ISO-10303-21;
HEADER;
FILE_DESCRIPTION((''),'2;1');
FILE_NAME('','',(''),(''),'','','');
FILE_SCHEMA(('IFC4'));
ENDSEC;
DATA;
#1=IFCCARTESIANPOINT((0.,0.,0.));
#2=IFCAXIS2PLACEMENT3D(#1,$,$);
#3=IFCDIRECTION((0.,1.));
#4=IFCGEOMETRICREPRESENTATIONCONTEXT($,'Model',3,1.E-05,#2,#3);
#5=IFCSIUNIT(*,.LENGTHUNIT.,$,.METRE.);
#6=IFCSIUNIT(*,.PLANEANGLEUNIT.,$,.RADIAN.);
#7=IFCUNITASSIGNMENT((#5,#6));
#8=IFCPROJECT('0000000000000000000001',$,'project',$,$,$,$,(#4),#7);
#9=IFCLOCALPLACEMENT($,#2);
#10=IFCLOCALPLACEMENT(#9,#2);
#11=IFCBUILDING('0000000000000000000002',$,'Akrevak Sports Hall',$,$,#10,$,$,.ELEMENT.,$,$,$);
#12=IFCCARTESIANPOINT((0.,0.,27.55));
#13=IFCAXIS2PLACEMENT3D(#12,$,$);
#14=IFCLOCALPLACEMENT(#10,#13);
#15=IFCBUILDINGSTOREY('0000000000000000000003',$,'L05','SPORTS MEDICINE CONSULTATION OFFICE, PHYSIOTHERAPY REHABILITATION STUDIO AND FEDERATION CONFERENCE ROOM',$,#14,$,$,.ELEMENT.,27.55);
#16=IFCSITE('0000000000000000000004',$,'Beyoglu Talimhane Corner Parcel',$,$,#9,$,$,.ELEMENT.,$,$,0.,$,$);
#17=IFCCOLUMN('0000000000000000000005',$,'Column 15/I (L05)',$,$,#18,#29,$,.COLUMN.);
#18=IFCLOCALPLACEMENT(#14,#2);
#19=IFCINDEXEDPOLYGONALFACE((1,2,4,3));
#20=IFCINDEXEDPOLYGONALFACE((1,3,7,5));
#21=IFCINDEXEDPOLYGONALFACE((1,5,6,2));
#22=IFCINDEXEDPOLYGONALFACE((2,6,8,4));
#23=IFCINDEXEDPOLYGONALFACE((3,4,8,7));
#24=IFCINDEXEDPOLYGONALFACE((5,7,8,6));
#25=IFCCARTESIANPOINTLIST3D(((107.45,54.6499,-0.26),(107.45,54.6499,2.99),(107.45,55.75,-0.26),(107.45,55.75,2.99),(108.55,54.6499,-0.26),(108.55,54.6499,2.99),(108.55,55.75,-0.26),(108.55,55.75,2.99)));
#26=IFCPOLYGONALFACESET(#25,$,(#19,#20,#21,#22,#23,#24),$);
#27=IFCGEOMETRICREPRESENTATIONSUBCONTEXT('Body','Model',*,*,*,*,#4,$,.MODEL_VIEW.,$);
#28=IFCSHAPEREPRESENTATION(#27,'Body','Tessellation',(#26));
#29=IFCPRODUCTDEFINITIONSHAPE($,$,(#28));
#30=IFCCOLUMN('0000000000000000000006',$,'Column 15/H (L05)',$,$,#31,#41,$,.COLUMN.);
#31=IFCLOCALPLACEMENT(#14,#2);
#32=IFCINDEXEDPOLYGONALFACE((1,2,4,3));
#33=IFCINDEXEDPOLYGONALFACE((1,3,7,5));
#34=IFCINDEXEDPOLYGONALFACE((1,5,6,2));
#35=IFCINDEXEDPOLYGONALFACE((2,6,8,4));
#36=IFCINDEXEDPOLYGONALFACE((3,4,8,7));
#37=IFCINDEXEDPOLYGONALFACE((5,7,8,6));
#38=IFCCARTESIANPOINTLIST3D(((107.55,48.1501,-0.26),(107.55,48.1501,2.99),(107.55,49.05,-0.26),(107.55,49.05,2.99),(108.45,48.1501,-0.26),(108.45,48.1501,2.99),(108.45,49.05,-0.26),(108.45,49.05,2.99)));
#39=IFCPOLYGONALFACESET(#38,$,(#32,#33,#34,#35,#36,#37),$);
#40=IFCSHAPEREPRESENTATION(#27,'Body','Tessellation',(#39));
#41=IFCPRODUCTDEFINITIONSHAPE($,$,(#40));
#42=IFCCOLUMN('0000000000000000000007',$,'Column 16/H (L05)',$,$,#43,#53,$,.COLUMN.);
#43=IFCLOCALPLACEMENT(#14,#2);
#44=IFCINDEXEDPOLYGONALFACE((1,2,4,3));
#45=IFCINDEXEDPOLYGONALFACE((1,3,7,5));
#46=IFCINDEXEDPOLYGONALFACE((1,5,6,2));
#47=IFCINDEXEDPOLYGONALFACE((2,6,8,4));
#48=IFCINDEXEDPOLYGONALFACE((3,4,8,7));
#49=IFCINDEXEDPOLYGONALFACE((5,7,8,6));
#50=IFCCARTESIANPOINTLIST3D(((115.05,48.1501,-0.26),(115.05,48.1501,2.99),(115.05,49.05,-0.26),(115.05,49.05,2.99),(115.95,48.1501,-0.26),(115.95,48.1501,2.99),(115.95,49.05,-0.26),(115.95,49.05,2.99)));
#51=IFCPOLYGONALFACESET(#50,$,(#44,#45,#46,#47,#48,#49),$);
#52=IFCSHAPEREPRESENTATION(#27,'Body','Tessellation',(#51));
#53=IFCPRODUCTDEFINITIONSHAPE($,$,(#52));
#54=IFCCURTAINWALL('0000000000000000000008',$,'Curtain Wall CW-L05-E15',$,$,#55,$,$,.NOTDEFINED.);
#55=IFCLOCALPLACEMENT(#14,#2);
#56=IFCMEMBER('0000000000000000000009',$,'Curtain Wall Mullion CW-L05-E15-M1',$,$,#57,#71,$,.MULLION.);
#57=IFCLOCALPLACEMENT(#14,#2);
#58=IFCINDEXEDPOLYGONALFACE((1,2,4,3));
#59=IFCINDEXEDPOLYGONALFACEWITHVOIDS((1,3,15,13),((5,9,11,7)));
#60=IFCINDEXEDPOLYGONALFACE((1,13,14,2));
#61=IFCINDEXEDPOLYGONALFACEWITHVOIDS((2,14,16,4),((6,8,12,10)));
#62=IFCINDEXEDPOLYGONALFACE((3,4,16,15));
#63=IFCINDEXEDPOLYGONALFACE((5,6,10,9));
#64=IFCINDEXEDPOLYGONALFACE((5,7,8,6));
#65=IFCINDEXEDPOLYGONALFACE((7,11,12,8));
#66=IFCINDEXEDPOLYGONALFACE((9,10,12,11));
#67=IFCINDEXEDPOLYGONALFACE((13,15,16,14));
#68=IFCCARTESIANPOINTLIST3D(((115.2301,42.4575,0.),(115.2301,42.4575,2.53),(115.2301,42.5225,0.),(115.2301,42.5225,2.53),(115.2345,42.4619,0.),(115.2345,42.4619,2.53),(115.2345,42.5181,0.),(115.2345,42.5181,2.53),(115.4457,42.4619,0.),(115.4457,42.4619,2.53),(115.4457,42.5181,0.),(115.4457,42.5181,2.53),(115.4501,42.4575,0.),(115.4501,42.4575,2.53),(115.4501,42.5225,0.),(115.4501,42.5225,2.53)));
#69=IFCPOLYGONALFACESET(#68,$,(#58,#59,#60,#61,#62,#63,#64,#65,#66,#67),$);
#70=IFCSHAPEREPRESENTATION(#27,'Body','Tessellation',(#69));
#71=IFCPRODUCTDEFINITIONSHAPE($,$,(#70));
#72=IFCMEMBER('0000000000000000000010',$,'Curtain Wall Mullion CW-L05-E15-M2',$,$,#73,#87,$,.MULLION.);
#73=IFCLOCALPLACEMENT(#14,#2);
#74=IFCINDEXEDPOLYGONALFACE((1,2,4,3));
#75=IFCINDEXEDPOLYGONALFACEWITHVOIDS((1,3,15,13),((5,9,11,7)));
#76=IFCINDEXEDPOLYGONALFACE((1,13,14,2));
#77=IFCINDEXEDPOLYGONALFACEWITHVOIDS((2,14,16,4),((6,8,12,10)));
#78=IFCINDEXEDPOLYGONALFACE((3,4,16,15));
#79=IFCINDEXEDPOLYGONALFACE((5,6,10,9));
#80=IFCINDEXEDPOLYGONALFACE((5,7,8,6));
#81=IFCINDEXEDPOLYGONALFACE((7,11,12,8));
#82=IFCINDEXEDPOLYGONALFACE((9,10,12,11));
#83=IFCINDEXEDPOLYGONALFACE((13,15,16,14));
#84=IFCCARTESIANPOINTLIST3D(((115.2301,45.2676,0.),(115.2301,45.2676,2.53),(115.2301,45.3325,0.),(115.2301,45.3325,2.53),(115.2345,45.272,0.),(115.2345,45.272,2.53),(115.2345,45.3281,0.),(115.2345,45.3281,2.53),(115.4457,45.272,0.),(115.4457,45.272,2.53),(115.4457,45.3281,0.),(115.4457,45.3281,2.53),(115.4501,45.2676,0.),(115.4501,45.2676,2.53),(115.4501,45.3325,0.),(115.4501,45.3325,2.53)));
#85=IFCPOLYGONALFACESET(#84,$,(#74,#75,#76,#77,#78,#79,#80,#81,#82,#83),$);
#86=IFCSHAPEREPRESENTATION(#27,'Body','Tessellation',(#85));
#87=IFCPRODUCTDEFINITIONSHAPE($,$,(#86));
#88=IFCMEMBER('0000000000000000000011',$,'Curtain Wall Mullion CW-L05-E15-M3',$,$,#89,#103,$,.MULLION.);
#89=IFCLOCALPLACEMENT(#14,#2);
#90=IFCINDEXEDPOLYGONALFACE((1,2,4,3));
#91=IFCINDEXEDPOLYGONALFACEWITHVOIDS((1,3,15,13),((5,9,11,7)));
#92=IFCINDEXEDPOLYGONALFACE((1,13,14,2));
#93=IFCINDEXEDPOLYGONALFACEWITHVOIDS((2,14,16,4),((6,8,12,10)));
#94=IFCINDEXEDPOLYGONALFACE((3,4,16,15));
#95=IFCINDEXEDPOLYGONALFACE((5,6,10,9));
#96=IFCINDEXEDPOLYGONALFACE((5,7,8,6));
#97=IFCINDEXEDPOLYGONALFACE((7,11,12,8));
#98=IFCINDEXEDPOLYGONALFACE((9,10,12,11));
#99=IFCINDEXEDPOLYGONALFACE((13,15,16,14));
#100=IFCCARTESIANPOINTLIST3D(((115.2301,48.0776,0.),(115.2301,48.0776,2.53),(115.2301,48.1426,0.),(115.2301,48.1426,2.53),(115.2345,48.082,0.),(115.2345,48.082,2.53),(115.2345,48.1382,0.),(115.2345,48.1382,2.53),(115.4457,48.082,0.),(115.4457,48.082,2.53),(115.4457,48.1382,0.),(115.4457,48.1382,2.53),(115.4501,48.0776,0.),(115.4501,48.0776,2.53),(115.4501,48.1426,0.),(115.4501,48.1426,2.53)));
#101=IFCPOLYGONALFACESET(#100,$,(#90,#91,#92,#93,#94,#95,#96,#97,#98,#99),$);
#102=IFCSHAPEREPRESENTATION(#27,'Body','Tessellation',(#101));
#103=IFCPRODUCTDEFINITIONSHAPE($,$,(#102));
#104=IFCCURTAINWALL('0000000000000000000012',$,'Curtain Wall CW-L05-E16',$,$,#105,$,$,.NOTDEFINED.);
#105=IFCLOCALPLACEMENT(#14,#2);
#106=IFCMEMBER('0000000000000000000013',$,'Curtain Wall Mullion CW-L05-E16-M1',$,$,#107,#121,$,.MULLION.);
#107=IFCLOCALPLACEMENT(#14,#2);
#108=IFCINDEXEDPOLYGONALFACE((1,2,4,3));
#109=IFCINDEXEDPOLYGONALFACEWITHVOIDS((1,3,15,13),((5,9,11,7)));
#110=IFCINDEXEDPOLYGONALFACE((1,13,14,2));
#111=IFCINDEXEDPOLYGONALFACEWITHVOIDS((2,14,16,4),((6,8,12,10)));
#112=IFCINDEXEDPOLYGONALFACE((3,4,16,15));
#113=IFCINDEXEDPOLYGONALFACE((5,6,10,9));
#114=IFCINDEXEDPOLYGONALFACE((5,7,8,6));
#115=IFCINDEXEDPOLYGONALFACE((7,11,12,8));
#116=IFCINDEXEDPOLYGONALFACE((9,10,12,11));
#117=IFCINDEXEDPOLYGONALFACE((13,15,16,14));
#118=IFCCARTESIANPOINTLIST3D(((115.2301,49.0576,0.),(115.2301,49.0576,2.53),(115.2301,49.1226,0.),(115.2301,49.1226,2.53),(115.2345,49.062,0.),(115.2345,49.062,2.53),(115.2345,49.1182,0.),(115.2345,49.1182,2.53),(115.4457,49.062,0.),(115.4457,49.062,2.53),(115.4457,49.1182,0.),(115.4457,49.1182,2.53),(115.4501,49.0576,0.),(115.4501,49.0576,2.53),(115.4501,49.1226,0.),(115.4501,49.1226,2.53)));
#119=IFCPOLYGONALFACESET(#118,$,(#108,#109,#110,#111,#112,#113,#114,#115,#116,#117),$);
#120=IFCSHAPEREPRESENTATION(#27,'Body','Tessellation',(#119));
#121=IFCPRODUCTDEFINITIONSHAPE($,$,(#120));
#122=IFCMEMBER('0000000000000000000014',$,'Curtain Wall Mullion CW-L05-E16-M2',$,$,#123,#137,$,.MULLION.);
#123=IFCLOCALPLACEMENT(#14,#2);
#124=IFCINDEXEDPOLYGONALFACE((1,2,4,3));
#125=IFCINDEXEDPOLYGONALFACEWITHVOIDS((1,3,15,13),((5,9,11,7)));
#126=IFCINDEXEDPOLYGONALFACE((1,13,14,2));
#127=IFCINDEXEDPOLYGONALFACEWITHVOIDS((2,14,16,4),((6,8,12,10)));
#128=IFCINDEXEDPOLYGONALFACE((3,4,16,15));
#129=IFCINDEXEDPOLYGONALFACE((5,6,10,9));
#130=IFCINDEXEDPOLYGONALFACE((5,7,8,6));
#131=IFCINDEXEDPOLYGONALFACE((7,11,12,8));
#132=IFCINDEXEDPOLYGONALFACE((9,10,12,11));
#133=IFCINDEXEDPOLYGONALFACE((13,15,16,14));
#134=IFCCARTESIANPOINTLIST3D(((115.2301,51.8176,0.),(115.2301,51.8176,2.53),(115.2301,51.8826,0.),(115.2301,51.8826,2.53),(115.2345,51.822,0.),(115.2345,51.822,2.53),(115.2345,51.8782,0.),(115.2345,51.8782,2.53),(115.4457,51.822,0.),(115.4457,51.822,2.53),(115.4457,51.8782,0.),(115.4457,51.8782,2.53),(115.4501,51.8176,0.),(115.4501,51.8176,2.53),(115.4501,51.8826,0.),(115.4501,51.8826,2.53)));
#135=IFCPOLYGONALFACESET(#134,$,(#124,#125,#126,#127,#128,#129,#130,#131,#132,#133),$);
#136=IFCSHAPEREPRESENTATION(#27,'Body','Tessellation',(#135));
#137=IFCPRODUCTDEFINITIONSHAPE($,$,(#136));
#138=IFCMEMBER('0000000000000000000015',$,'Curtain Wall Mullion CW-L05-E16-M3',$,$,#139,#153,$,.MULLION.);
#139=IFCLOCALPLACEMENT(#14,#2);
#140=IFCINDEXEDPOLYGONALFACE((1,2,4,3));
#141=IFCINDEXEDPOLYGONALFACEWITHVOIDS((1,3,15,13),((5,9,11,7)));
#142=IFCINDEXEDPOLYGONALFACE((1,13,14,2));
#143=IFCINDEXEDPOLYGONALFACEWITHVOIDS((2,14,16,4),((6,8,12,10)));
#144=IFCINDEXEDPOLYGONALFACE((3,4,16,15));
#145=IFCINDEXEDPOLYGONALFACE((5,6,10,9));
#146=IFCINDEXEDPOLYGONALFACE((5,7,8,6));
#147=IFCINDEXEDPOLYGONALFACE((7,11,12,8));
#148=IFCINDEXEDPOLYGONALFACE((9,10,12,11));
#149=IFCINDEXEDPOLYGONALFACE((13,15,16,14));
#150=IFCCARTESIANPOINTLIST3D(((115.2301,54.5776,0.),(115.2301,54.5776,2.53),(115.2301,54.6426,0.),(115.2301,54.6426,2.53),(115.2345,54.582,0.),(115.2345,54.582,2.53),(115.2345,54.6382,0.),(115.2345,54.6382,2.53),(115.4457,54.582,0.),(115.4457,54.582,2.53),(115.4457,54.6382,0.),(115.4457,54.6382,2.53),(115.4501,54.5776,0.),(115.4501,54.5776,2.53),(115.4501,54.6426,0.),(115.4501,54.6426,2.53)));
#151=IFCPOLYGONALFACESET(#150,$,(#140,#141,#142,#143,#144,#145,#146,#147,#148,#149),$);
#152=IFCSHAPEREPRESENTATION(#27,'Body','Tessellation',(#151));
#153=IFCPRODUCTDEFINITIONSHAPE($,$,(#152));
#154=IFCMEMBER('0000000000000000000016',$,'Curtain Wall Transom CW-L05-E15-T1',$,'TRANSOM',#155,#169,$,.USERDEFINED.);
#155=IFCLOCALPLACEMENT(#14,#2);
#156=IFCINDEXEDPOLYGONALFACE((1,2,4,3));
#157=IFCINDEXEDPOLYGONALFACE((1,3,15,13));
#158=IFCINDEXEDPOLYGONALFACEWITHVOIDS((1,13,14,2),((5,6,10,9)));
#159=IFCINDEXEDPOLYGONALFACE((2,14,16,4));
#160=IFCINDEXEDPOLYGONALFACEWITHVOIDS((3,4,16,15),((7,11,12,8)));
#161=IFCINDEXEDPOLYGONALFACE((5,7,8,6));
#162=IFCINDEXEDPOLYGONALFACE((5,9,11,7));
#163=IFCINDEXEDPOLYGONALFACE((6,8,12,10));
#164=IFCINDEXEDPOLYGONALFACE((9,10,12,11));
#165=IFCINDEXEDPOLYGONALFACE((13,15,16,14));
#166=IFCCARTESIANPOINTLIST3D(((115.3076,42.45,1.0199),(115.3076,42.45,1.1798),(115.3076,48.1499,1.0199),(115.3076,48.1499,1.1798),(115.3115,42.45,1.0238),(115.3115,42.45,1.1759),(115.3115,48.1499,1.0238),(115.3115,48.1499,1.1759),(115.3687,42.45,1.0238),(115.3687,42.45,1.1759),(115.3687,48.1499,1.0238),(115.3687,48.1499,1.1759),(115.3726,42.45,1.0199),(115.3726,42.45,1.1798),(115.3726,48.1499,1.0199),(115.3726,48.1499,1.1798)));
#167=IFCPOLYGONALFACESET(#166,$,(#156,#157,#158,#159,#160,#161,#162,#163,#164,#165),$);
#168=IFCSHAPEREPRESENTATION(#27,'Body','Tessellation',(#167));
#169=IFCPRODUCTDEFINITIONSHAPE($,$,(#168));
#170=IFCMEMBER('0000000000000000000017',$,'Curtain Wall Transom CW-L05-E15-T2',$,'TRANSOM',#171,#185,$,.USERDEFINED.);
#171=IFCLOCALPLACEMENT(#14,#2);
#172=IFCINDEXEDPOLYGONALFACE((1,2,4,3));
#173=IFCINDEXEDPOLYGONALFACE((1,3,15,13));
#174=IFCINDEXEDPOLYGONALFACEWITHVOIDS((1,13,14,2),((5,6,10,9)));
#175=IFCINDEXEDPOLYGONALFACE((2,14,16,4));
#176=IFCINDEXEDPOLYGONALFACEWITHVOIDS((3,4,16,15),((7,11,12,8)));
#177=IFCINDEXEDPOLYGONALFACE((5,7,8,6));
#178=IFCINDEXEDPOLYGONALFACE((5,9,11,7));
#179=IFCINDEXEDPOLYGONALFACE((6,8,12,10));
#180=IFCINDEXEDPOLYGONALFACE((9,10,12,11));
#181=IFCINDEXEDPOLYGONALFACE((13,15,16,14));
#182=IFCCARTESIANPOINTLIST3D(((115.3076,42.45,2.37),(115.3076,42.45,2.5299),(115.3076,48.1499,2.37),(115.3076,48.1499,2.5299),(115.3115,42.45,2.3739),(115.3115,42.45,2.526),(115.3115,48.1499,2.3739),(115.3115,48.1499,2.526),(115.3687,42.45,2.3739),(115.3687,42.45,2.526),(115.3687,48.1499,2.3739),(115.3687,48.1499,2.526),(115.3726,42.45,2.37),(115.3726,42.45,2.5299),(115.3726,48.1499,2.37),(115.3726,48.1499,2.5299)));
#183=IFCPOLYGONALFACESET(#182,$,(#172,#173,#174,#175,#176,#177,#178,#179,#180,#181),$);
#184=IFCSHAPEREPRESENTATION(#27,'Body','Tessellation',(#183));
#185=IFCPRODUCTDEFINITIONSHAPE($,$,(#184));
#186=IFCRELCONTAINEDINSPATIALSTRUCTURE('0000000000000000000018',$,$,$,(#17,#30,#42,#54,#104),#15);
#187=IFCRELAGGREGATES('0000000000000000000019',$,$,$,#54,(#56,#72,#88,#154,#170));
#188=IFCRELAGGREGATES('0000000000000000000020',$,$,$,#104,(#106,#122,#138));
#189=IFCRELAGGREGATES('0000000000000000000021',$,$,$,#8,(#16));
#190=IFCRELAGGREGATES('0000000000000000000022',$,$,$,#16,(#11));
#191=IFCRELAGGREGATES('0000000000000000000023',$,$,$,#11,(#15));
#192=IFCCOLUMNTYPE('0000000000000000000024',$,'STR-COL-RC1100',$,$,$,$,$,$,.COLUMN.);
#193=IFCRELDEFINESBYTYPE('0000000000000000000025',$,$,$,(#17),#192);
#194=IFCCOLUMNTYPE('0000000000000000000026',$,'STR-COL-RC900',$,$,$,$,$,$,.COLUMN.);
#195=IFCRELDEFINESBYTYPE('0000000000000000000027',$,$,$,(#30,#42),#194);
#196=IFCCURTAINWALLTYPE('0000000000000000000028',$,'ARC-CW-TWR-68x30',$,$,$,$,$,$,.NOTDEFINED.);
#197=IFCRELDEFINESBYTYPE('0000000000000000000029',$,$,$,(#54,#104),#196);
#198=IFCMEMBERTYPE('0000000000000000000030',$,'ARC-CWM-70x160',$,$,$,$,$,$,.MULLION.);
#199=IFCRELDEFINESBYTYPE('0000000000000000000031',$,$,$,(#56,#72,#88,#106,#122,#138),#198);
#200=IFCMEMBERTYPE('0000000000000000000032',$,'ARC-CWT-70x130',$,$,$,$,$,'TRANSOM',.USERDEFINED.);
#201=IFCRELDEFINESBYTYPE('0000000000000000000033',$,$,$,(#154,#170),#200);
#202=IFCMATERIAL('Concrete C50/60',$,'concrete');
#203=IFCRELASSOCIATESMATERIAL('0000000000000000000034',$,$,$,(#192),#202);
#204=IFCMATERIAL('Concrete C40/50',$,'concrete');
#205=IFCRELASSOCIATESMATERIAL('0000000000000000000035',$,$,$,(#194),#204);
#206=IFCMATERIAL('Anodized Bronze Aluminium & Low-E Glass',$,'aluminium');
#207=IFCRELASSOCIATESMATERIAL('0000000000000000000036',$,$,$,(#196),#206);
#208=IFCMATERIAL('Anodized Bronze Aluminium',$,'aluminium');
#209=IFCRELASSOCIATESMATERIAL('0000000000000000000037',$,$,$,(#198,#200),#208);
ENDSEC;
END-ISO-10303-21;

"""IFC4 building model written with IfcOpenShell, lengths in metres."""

from ifc_helpers import new_model, si_unit, direction, frame, origin, origin_2d, place, context, subcontext, project, spatial, rectangle, hollow_rectangle, extrude, material, material_profile, profile_set, type_object, element, aggregate, save


model = new_model("IFC4")

# Units and contexts
model_context = context("Model", 3, precision=1e-05, world=origin(), true_north=direction((0.0, 1.0)))
body_context = subcontext(model_context, "Body", "Model", "MODEL_VIEW")
ifc_project = project(units=[si_unit("LENGTHUNIT", "METRE"), si_unit("PLANEANGLEUNIT", "RADIAN")], contexts=[model_context])

# Site, building, storey
site_placement = place(None, origin())
site = spatial("IfcSite", under=ifc_project, at=site_placement, Name="Beyoglu Talimhane Corner Parcel", CompositionType="ELEMENT", RefElevation=0.0)
building_placement = place(site_placement, origin())
building = spatial("IfcBuilding", under=site, at=building_placement, Name="Akrevak Sports Hall", CompositionType="ELEMENT")
storey_placement = place(building_placement, frame((0.0, 0.0, 27.55)))
storey = spatial("IfcBuildingStorey", under=building, at=storey_placement, Name="L05", Description="SPORTS MEDICINE CONSULTATION OFFICE, PHYSIOTHERAPY REHABILITATION STUDIO AND FEDERATION CONFERENCE ROOM", CompositionType="ELEMENT", Elevation=27.55)

# Columns
ifc_material_1 = material(Name="Concrete C50/60", Category="concrete")
ifc_material_profile_1 = material_profile(ifc_material_1, rectangle(XDim=1.1001, YDim=1.1001, at=origin_2d()), Name="RC 1100x1100", Category="concrete")
ifc_profile_set_1 = profile_set([ifc_material_profile_1], Name="Concrete C50/60")
column_type_1 = type_object("IfcColumnType", Name="STR-COL-RC1100", PredefinedType="COLUMN", material=ifc_profile_set_1)
column_placement = place(storey_placement, frame((108.0, 55.2, -0.26), z_axis=(0.0, 0.0, 1.0), x_axis=(1.0, 0.0, 0.0)))
element("IfcColumn", 1, at=column_placement, inside=storey, type_object=column_type_1, Name="Column 15/I (L05)", PredefinedType="COLUMN", context=body_context, shape_type="SweptSolid", body=[
    extrude(rectangle(XDim=1.1001, YDim=1.1001, at=origin_2d()), origin(), (0.0, 0.0, 1.0), 3.25),
])
ifc_material_2 = material(Name="Concrete C40/50", Category="concrete")
ifc_material_profile_2 = material_profile(ifc_material_2, rectangle(XDim=0.8999, YDim=0.8999, at=origin_2d()), Name="RC 900x900", Category="concrete")
ifc_profile_set_2 = profile_set([ifc_material_profile_2], Name="Concrete C40/50")
column_type_2 = type_object("IfcColumnType", Name="STR-COL-RC900", PredefinedType="COLUMN", material=ifc_profile_set_2)
for number, where, z_axis, x_axis, name in (
    (2, (108.0, 48.6001, -0.26), (0.0, 0.0, 1.0), (1.0, 0.0, 0.0), "Column 15/H (L05)"),
    (3, (115.5, 48.6001, -0.26), (0.0, 0.0, 1.0), (1.0, 0.0, 0.0), "Column 16/H (L05)"),
):
    element("IfcColumn", number, at=place(storey_placement, frame(where, z_axis=z_axis, x_axis=x_axis)), inside=storey, type_object=column_type_2, Name=name, PredefinedType="COLUMN", context=body_context, shape_type="SweptSolid", body=[
        extrude(rectangle(XDim=0.8999, YDim=0.8999, at=origin_2d()), origin(), (0.0, 0.0, 1.0), 3.25),
    ])

# Curtain walls, members
ifc_material_3 = material(Name="Anodized Bronze Aluminium & Low-E Glass", Category="aluminium")
curtain_wall_type = type_object("IfcCurtainWallType", Name="ARC-CW-TWR-68x30", PredefinedType="NOTDEFINED", material=ifc_material_3)
curtain_wall_1_placement = place(storey_placement, origin())
curtain_wall_1 = element("IfcCurtainWall", 4, at=curtain_wall_1_placement, inside=storey, type_object=curtain_wall_type, Name="Curtain Wall CW-L05-E15", PredefinedType="NOTDEFINED")
ifc_material_4 = material(Name="Anodized Bronze Aluminium", Category="aluminium")
ifc_material_profile_3 = material_profile(ifc_material_4, hollow_rectangle(XDim=0.0649, YDim=0.22, WallThickness=0.0044, at=origin_2d()), Name="CWM 65x220", Category="aluminium")
ifc_profile_set_3 = profile_set([ifc_material_profile_3], Name="Anodized Bronze Aluminium")
member_type_1 = type_object("IfcMemberType", Name="ARC-CWM-70x160", PredefinedType="MULLION", material=ifc_profile_set_3)
member_1_placement = place(storey_placement, frame((115.3401, 42.49, 0.0), z_axis=(0.0, 0.0, 1.0), x_axis=(0.0, 1.0, 0.0)))
member_1 = element("IfcMember", 5, at=member_1_placement, type_object=member_type_1, Name="Curtain Wall Mullion CW-L05-E15-M1", PredefinedType="MULLION", context=body_context, shape_type="SweptSolid", body=[
    extrude(hollow_rectangle(XDim=0.0649, YDim=0.22, WallThickness=0.0044, at=origin_2d()), origin(), (0.0, 0.0, 1.0), 2.53),
])
member_2_placement = place(storey_placement, frame((115.3401, 45.3, 0.0), z_axis=(0.0, 0.0, 1.0), x_axis=(0.0, 1.0, 0.0)))
member_2 = element("IfcMember", 6, at=member_2_placement, type_object=member_type_1, Name="Curtain Wall Mullion CW-L05-E15-M2", PredefinedType="MULLION", context=body_context, shape_type="SweptSolid", body=[
    extrude(hollow_rectangle(XDim=0.0649, YDim=0.22, WallThickness=0.0044, at=origin_2d()), origin(), (0.0, 0.0, 1.0), 2.53),
])
member_3_placement = place(storey_placement, frame((115.3401, 48.1101, 0.0), z_axis=(0.0, 0.0, 1.0), x_axis=(0.0, 1.0, 0.0)))
member_3 = element("IfcMember", 7, at=member_3_placement, type_object=member_type_1, Name="Curtain Wall Mullion CW-L05-E15-M3", PredefinedType="MULLION", context=body_context, shape_type="SweptSolid", body=[
    extrude(hollow_rectangle(XDim=0.0649, YDim=0.22, WallThickness=0.0044, at=origin_2d()), origin(), (0.0, 0.0, 1.0), 2.53),
])
curtain_wall_2_placement = place(storey_placement, origin())
curtain_wall_2 = element("IfcCurtainWall", 8, at=curtain_wall_2_placement, inside=storey, type_object=curtain_wall_type, Name="Curtain Wall CW-L05-E16", PredefinedType="NOTDEFINED")
member_4_placement = place(storey_placement, frame((115.3401, 49.0901, 0.0), z_axis=(0.0, 0.0, 1.0), x_axis=(0.0, 1.0, 0.0)))
member_4 = element("IfcMember", 9, at=member_4_placement, type_object=member_type_1, Name="Curtain Wall Mullion CW-L05-E16-M1", PredefinedType="MULLION", context=body_context, shape_type="SweptSolid", body=[
    extrude(hollow_rectangle(XDim=0.0649, YDim=0.22, WallThickness=0.0044, at=origin_2d()), origin(), (0.0, 0.0, 1.0), 2.53),
])
member_5_placement = place(storey_placement, frame((115.3401, 51.8501, 0.0), z_axis=(0.0, 0.0, 1.0), x_axis=(0.0, 1.0, 0.0)))
member_5 = element("IfcMember", 10, at=member_5_placement, type_object=member_type_1, Name="Curtain Wall Mullion CW-L05-E16-M2", PredefinedType="MULLION", context=body_context, shape_type="SweptSolid", body=[
    extrude(hollow_rectangle(XDim=0.0649, YDim=0.22, WallThickness=0.0044, at=origin_2d()), origin(), (0.0, 0.0, 1.0), 2.53),
])
member_6_placement = place(storey_placement, frame((115.3401, 54.6101, 0.0), z_axis=(0.0, 0.0, 1.0), x_axis=(0.0, 1.0, 0.0)))
member_6 = element("IfcMember", 11, at=member_6_placement, type_object=member_type_1, Name="Curtain Wall Mullion CW-L05-E16-M3", PredefinedType="MULLION", context=body_context, shape_type="SweptSolid", body=[
    extrude(hollow_rectangle(XDim=0.0649, YDim=0.22, WallThickness=0.0044, at=origin_2d()), origin(), (0.0, 0.0, 1.0), 2.53),
])

# Members
ifc_material_profile_4 = material_profile(ifc_material_4, hollow_rectangle(XDim=0.0649, YDim=0.1599, WallThickness=0.0039, at=origin_2d()), Name="CWT 65x160", Category="aluminium")
ifc_profile_set_4 = profile_set([ifc_material_profile_4], Name="Anodized Bronze Aluminium")
member_type_2 = type_object("IfcMemberType", Name="ARC-CWT-70x130", ElementType="TRANSOM", PredefinedType="USERDEFINED", material=ifc_profile_set_4)
member_7_placement = place(storey_placement, frame((115.3401, 42.45, 1.0999), z_axis=(0.0, 1.0, 0.0), x_axis=(-1.0, 0.0, 0.0)))
member_7 = element("IfcMember", 12, at=member_7_placement, type_object=member_type_2, Name="Curtain Wall Transom CW-L05-E15-T1", ObjectType="TRANSOM", PredefinedType="USERDEFINED", context=body_context, shape_type="SweptSolid", body=[
    extrude(hollow_rectangle(XDim=0.0649, YDim=0.1599, WallThickness=0.0039, at=origin_2d()), origin(), (0.0, 0.0, 1.0), 5.7),
])
member_8_placement = place(storey_placement, frame((115.3401, 42.45, 2.45), z_axis=(0.0, 1.0, 0.0), x_axis=(-1.0, 0.0, 0.0)))
member_8 = element("IfcMember", 13, at=member_8_placement, type_object=member_type_2, Name="Curtain Wall Transom CW-L05-E15-T2", ObjectType="TRANSOM", PredefinedType="USERDEFINED", context=body_context, shape_type="SweptSolid", body=[
    extrude(hollow_rectangle(XDim=0.0649, YDim=0.1599, WallThickness=0.0039, at=origin_2d()), origin(), (0.0, 0.0, 1.0), 5.7),
])

aggregate(curtain_wall_1, [member_1, member_2, member_3, member_7, member_8])
aggregate(curtain_wall_2, [member_4, member_5, member_6])

save(model, "model.ifc")
